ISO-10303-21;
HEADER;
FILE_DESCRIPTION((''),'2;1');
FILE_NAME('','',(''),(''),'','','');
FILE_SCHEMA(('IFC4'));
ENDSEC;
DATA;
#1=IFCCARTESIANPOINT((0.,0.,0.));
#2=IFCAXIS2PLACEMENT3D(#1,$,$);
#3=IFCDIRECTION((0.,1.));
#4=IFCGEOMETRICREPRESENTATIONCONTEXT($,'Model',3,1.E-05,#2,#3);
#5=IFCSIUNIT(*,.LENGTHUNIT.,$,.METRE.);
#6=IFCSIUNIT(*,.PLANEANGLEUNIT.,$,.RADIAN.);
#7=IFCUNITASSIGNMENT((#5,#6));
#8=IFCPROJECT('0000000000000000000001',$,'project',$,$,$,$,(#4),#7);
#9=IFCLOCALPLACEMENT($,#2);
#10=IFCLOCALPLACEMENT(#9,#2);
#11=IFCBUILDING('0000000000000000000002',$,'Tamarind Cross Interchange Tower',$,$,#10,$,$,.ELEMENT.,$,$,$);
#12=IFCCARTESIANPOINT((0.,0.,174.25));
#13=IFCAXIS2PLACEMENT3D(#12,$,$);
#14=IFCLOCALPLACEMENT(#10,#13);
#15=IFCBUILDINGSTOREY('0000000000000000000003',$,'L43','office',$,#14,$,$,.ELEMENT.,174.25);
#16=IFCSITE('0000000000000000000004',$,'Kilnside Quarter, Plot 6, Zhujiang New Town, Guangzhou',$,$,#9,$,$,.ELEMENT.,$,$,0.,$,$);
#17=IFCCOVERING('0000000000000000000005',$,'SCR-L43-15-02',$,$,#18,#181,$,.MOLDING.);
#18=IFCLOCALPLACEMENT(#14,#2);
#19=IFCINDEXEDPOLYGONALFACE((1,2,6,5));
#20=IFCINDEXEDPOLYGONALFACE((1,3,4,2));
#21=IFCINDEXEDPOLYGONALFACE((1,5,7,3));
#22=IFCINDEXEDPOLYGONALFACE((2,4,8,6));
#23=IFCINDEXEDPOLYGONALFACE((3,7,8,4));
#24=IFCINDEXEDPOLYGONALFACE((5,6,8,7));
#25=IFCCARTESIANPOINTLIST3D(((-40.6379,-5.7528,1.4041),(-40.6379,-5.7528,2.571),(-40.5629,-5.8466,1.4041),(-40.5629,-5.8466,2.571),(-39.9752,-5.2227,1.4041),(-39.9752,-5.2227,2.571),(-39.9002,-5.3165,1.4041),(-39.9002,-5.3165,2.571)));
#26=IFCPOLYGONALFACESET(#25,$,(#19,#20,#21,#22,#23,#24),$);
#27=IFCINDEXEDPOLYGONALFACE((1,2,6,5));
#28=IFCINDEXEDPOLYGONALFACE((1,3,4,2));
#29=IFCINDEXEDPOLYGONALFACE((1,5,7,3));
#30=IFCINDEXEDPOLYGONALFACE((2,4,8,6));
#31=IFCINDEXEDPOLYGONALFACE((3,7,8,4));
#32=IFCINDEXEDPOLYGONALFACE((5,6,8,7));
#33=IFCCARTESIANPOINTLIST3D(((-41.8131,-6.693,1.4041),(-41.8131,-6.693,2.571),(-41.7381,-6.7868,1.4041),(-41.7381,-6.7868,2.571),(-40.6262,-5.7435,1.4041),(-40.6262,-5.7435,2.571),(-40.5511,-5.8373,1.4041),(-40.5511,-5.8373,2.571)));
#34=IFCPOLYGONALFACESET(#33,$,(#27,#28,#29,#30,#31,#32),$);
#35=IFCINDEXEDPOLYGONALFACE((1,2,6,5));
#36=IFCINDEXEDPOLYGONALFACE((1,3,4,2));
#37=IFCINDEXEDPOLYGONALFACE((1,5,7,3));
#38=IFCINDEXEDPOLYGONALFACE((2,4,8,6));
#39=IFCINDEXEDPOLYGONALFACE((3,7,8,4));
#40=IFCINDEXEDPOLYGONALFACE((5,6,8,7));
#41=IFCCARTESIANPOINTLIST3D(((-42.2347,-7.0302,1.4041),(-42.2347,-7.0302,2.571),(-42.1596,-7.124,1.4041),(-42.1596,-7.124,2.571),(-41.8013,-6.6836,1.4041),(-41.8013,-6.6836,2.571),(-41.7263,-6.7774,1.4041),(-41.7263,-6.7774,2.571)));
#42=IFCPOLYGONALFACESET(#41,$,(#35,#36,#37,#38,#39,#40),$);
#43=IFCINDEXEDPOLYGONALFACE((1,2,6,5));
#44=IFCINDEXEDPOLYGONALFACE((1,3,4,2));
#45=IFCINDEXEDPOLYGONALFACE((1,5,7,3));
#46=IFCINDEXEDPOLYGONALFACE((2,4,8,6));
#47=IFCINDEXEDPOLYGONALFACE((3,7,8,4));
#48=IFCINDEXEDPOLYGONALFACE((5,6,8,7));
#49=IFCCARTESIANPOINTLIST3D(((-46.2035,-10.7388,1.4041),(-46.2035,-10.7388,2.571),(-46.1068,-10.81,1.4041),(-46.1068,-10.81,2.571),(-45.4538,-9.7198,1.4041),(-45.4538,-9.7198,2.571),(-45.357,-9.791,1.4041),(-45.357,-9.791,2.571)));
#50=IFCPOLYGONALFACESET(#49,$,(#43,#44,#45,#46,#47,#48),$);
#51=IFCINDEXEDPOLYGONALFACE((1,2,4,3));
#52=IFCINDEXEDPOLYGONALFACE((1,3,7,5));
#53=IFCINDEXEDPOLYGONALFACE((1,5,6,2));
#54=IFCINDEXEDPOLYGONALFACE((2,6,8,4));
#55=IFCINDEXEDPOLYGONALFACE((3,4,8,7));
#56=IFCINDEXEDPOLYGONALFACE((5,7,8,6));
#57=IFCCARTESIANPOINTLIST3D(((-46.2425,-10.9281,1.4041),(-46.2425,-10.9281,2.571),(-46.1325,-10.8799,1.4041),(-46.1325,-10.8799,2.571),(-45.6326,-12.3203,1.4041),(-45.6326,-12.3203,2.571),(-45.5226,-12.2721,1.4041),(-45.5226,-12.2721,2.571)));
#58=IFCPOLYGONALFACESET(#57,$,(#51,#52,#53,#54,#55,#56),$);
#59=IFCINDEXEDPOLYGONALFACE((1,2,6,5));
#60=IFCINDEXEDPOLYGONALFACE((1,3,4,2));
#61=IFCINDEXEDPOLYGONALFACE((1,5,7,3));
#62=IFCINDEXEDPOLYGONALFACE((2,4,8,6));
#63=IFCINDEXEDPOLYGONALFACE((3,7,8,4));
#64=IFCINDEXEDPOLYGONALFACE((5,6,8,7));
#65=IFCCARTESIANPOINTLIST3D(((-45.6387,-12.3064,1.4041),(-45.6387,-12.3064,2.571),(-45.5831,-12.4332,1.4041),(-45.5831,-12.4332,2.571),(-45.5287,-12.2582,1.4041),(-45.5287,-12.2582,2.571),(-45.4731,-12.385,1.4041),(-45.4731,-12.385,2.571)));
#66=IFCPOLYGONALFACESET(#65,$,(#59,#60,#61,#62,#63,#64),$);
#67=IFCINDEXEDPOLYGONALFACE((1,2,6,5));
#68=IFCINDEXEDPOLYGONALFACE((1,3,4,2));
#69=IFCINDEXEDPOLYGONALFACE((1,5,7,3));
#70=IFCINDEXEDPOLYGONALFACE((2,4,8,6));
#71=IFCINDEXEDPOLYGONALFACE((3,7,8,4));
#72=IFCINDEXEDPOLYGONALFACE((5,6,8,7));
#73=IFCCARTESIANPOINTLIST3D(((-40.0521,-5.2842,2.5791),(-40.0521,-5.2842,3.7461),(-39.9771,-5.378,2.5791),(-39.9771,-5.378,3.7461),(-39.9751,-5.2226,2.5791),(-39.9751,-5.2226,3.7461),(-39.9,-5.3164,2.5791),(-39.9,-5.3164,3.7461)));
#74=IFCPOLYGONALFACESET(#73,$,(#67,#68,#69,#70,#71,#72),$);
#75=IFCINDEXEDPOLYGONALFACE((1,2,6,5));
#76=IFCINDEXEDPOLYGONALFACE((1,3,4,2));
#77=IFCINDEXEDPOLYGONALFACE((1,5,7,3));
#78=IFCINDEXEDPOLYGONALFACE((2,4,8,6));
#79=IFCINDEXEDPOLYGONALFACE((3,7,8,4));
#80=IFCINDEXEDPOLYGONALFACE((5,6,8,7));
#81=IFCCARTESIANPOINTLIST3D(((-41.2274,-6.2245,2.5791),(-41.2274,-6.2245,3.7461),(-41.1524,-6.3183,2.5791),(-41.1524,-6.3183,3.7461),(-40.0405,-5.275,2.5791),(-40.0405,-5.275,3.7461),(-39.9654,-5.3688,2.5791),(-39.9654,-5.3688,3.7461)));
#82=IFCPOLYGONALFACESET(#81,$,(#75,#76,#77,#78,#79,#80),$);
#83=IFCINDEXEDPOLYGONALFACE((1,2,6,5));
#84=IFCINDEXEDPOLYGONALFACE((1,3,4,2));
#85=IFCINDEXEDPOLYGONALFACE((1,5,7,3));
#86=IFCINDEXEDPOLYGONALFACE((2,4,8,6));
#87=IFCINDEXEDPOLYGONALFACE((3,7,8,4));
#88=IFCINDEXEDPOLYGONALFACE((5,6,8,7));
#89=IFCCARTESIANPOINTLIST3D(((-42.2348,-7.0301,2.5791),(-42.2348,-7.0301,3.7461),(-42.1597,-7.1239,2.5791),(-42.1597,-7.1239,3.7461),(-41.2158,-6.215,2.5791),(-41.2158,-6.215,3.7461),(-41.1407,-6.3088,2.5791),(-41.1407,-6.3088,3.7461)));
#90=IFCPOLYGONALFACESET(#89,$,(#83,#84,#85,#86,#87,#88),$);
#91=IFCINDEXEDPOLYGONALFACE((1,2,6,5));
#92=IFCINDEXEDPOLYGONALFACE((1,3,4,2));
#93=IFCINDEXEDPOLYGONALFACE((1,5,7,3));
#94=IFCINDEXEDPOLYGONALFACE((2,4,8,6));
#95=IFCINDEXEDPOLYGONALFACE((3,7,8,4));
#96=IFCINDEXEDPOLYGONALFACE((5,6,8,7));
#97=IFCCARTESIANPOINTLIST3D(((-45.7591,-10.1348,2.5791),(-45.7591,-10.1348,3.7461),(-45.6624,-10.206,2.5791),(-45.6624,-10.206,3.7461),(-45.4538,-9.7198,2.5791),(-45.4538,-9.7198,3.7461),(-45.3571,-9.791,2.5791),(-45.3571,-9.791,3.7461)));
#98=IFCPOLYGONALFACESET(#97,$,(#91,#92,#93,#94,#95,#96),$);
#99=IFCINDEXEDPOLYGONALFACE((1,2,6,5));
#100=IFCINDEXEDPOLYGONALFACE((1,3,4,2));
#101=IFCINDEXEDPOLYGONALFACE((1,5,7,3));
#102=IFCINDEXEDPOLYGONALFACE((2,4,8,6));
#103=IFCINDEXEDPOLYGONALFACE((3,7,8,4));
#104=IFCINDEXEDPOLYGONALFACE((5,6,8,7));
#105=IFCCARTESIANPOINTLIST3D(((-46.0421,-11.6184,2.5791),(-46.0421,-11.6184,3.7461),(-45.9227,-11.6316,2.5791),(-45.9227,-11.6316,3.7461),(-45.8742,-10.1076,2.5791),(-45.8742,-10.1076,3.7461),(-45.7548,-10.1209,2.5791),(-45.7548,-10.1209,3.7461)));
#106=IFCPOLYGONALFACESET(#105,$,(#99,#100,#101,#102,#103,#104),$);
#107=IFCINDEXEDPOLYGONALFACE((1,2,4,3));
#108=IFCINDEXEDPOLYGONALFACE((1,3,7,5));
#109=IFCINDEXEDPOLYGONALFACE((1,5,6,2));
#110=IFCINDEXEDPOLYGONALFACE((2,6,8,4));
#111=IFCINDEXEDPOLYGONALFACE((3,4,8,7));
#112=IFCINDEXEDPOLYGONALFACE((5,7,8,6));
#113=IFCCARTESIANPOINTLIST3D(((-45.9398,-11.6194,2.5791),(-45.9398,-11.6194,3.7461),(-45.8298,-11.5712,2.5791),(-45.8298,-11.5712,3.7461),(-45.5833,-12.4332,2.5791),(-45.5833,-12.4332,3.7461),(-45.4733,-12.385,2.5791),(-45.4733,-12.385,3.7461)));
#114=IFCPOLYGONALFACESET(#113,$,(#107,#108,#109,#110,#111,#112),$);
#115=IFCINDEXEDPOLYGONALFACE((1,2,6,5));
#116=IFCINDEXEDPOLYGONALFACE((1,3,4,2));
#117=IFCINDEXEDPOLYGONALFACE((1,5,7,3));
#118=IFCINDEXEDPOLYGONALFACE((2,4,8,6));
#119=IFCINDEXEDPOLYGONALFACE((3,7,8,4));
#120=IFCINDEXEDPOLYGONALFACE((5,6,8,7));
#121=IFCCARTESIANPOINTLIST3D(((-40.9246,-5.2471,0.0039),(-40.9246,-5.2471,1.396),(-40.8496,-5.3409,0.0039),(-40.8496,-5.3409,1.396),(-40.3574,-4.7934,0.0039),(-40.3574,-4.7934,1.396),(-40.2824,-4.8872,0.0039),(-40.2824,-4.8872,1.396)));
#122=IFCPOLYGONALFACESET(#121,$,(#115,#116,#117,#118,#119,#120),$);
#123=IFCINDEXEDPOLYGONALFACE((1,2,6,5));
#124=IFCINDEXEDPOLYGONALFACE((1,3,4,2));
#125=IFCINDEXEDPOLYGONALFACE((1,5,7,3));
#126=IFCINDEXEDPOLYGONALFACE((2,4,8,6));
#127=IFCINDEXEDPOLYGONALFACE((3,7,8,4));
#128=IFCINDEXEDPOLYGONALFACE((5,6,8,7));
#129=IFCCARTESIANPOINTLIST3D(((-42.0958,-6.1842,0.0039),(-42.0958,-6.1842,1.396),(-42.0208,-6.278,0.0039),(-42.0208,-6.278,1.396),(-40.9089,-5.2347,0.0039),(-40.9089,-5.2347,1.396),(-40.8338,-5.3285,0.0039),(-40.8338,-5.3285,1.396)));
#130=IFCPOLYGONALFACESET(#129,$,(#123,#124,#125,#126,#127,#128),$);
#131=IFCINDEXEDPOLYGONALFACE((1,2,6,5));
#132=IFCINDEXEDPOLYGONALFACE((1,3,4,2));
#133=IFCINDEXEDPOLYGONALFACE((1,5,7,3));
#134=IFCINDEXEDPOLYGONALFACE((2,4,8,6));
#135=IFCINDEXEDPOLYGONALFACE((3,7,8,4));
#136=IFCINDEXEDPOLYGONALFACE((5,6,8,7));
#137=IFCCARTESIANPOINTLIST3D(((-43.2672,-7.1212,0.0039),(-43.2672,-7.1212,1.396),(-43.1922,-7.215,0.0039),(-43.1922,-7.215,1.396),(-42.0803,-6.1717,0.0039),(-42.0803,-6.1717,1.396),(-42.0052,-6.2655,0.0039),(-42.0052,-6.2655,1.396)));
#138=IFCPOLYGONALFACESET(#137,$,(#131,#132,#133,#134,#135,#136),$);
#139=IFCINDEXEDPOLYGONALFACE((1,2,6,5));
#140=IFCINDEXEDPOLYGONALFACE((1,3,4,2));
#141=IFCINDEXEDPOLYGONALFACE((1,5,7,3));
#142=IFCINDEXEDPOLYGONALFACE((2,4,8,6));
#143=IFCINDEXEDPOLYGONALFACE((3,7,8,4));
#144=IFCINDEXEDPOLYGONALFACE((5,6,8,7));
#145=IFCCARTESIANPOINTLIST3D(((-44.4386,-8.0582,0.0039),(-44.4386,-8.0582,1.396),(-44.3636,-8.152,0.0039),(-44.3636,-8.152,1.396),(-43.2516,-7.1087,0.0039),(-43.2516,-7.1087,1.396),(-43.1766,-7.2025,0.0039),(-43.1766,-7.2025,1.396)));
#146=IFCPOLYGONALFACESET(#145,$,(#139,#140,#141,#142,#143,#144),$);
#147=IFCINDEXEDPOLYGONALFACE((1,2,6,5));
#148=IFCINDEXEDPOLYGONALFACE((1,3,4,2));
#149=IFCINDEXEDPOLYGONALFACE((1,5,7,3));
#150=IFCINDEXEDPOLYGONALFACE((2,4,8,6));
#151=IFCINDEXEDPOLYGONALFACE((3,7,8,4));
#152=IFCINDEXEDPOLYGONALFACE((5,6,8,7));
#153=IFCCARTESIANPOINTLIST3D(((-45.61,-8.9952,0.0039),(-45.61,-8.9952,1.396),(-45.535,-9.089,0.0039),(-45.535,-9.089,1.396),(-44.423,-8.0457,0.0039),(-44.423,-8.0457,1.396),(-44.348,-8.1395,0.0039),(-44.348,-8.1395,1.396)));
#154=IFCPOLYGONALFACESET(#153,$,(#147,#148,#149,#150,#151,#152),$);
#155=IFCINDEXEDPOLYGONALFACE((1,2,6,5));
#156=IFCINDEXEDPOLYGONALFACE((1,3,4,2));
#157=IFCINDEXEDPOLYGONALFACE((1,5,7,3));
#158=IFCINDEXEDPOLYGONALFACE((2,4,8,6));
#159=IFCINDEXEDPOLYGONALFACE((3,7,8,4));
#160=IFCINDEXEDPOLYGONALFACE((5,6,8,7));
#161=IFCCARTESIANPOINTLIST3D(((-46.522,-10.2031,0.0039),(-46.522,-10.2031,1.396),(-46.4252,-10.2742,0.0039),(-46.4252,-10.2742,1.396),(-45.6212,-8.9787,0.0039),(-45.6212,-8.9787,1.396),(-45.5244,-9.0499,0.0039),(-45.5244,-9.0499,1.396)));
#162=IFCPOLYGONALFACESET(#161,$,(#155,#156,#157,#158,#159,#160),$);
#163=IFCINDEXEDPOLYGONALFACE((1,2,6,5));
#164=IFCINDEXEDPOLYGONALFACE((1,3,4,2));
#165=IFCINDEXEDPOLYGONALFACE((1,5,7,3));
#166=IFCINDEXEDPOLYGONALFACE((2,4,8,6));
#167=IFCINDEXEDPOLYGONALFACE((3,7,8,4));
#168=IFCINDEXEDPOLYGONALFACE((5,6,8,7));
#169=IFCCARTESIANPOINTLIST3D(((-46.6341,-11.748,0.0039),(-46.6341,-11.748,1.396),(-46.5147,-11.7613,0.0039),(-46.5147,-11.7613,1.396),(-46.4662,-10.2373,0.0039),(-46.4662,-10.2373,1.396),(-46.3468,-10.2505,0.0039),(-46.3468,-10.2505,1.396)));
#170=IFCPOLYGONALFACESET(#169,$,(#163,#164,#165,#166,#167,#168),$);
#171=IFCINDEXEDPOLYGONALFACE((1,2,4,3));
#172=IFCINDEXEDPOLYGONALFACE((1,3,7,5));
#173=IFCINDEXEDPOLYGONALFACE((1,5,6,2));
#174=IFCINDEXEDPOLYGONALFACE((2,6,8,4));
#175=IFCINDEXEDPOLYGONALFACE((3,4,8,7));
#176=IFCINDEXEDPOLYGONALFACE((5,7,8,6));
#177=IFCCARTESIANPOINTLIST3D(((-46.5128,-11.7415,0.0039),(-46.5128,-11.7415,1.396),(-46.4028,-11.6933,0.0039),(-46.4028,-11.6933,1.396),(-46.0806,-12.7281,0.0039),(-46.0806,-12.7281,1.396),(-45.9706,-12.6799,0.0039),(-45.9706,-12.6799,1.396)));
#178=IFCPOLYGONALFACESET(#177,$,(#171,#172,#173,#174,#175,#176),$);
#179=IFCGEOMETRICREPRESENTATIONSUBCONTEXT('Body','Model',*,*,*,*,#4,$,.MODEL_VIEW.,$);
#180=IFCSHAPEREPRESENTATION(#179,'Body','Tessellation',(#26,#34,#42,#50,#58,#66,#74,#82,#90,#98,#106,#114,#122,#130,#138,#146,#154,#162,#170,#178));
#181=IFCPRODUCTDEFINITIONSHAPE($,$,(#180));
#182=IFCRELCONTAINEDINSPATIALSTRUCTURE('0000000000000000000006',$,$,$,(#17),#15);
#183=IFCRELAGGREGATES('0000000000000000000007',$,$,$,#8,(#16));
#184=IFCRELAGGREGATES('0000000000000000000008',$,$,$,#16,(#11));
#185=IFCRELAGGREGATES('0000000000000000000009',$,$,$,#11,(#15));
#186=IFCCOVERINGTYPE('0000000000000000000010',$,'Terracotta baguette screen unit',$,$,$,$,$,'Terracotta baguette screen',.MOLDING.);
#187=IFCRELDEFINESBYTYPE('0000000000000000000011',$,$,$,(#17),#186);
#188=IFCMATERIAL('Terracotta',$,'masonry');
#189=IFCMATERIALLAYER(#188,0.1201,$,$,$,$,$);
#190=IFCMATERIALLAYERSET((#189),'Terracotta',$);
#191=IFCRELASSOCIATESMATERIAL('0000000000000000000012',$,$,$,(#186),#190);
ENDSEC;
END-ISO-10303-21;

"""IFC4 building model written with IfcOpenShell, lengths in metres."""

from ifc_helpers import new_model, si_unit, direction, frame, origin, origin_2d, place, context, subcontext, project, spatial, rectangle, extrude, material, layer, layer_set, type_object, element, save


model = new_model("IFC4")

# Units and contexts
model_context = context("Model", 3, precision=1e-05, world=origin(), true_north=direction((0.0, 1.0)))
body_context = subcontext(model_context, "Body", "Model", "MODEL_VIEW")
ifc_project = project(units=[si_unit("LENGTHUNIT", "METRE"), si_unit("PLANEANGLEUNIT", "RADIAN")], contexts=[model_context])

# Site, building, storey
site_placement = place(None, origin())
site = spatial("IfcSite", under=ifc_project, at=site_placement, Name="Kilnside Quarter, Plot 6, Zhujiang New Town, Guangzhou", CompositionType="ELEMENT", RefElevation=0.0)
building_placement = place(site_placement, origin())
building = spatial("IfcBuilding", under=site, at=building_placement, Name="Tamarind Cross Interchange Tower", CompositionType="ELEMENT")
storey_placement = place(building_placement, frame((0.0, 0.0, 174.25)))
storey = spatial("IfcBuildingStorey", under=building, at=storey_placement, Name="L43", Description="office", CompositionType="ELEMENT", Elevation=174.25)

# Covering
ifc_material_1 = material(Name="Terracotta", Category="masonry")
ifc_layer_1 = layer(ifc_material_1, 0.1201)
ifc_layer_set_1 = layer_set([ifc_layer_1], Name="Terracotta")
covering_type = type_object("IfcCoveringType", Name="Terracotta baguette screen unit", ElementType="Terracotta baguette screen", PredefinedType="MOLDING", material=ifc_layer_set_1)
covering_1_placement = place(storey_placement, origin())
element("IfcCovering", 1, at=covering_1_placement, inside=storey, type_object=covering_type, Name="SCR-L43-15-02", PredefinedType="MOLDING", context=body_context, shape_type="SweptSolid", body=[
    extrude(rectangle(XDim=0.8486, YDim=0.1201, at=origin_2d()), frame((-40.269, -5.5347, 1.4041), z_axis=(0.0, 0.0, 1.0), x_axis=(-0.780893, -0.624665, 0.0)), (0.0, 0.0, 1.0), 1.167),
    extrude(rectangle(XDim=1.52, YDim=0.1201, at=origin_2d()), frame((-41.1821, -6.2651, 1.4041), z_axis=(0.0, 0.0, 1.0), x_axis=(-0.780893, -0.624665, 0.0)), (0.0, 0.0, 1.0), 1.167),
    extrude(rectangle(XDim=0.5549, YDim=0.1201, at=origin_2d()), frame((-41.9805, -6.9038, 1.4041), z_axis=(0.0, 0.0, 1.0), x_axis=(-0.780893, -0.624665, 0.0)), (0.0, 0.0, 1.0), 1.167),
    extrude(rectangle(XDim=1.2651, YDim=0.1201, at=origin_2d()), frame((-45.7803, -10.2649, 1.4041), z_axis=(0.0, 0.0, 1.0), x_axis=(-0.592609, -0.80549, 0.0)), (0.0, 0.0, 1.0), 1.167),
    extrude(rectangle(XDim=1.52, YDim=0.1201, at=origin_2d()), frame((-45.8826, -11.6001, 1.4041), z_axis=(0.0, 0.0, 1.0), x_axis=(0.40127, -0.91596, 0.0)), (0.0, 0.0, 1.0), 1.167),
    extrude(rectangle(XDim=0.1384, YDim=0.1201, at=origin_2d()), frame((-45.5559, -12.3457, 1.4041), z_axis=(0.0, 0.0, 1.0), x_axis=(0.40127, -0.91596, 0.0)), (0.0, 0.0, 1.0), 1.167),
    extrude(rectangle(XDim=0.0986, YDim=0.1201, at=origin_2d()), frame((-39.9761, -5.3003, 2.5791), z_axis=(0.0, 0.0, 1.0), x_axis=(-0.780893, -0.624665, 0.0)), (0.0, 0.0, 1.0), 1.167),
    extrude(rectangle(XDim=1.52, YDim=0.1201, at=origin_2d()), frame((-40.5964, -5.7966, 2.5791), z_axis=(0.0, 0.0, 1.0), x_axis=(-0.780893, -0.624665, 0.0)), (0.0, 0.0, 1.0), 1.167),
    extrude(rectangle(XDim=1.3049, YDim=0.1201, at=origin_2d()), frame((-41.6877, -6.6694, 2.5791), z_axis=(0.0, 0.0, 1.0), x_axis=(-0.780893, -0.624665, 0.0)), (0.0, 0.0, 1.0), 1.167),
    extrude(rectangle(XDim=0.5151, YDim=0.1201, at=origin_2d()), frame((-45.5581, -9.9629, 2.5791), z_axis=(0.0, 0.0, 1.0), x_axis=(-0.592609, -0.80549, 0.0)), (0.0, 0.0, 1.0), 1.167),
    extrude(rectangle(XDim=1.52, YDim=0.1201, at=origin_2d()), frame((-45.8984, -10.8696, 2.5791), z_axis=(0.0, 0.0, 1.0), x_axis=(-0.11047, -0.993879, 0.0)), (0.0, 0.0, 1.0), 1.167),
    extrude(rectangle(XDim=0.8884, YDim=0.1201, at=origin_2d()), frame((-45.7065, -12.0022, 2.5791), z_axis=(0.0, 0.0, 1.0), x_axis=(0.40127, -0.91596, 0.0)), (0.0, 0.0, 1.0), 1.167),
    extrude(rectangle(XDim=0.7263, YDim=0.1201, at=origin_2d()), frame((-40.6035, -5.0671, 0.0039), z_axis=(0.0, 0.0, 1.0), x_axis=(-0.780893, -0.624665, 0.0)), (0.0, 0.0, 1.0), 1.3921),
    extrude(rectangle(XDim=1.52, YDim=0.1201, at=origin_2d()), frame((-41.4648, -5.7563, 0.0039), z_axis=(0.0, 0.0, 1.0), x_axis=(-0.780893, -0.624665, 0.0)), (0.0, 0.0, 1.0), 1.3921),
    extrude(rectangle(XDim=1.52, YDim=0.1201, at=origin_2d()), frame((-42.6362, -6.6934, 0.0039), z_axis=(0.0, 0.0, 1.0), x_axis=(-0.780893, -0.624665, 0.0)), (0.0, 0.0, 1.0), 1.3921),
    extrude(rectangle(XDim=1.52, YDim=0.1201, at=origin_2d()), frame((-43.8076, -7.6304, 0.0039), z_axis=(0.0, 0.0, 1.0), x_axis=(-0.780893, -0.624665, 0.0)), (0.0, 0.0, 1.0), 1.3921),
    extrude(rectangle(XDim=1.52, YDim=0.1201, at=origin_2d()), frame((-44.979, -8.5674, 0.0039), z_axis=(0.0, 0.0, 1.0), x_axis=(-0.780893, -0.624665, 0.0)), (0.0, 0.0, 1.0), 1.3921),
    extrude(rectangle(XDim=1.52, YDim=0.1201, at=origin_2d()), frame((-46.0232, -9.6265, 0.0039), z_axis=(0.0, 0.0, 1.0), x_axis=(-0.592609, -0.80549, 0.0)), (0.0, 0.0, 1.0), 1.3921),
    extrude(rectangle(XDim=1.52, YDim=0.1201, at=origin_2d()), frame((-46.4905, -10.9993, 0.0039), z_axis=(0.0, 0.0, 1.0), x_axis=(-0.11047, -0.993879, 0.0)), (0.0, 0.0, 1.0), 1.3921),
    extrude(rectangle(XDim=1.0771, YDim=0.1201, at=origin_2d()), frame((-46.2417, -12.2107, 0.0039), z_axis=(0.0, 0.0, 1.0), x_axis=(0.40127, -0.91596, 0.0)), (0.0, 0.0, 1.0), 1.3921),
])

save(model, "model.ifc")
